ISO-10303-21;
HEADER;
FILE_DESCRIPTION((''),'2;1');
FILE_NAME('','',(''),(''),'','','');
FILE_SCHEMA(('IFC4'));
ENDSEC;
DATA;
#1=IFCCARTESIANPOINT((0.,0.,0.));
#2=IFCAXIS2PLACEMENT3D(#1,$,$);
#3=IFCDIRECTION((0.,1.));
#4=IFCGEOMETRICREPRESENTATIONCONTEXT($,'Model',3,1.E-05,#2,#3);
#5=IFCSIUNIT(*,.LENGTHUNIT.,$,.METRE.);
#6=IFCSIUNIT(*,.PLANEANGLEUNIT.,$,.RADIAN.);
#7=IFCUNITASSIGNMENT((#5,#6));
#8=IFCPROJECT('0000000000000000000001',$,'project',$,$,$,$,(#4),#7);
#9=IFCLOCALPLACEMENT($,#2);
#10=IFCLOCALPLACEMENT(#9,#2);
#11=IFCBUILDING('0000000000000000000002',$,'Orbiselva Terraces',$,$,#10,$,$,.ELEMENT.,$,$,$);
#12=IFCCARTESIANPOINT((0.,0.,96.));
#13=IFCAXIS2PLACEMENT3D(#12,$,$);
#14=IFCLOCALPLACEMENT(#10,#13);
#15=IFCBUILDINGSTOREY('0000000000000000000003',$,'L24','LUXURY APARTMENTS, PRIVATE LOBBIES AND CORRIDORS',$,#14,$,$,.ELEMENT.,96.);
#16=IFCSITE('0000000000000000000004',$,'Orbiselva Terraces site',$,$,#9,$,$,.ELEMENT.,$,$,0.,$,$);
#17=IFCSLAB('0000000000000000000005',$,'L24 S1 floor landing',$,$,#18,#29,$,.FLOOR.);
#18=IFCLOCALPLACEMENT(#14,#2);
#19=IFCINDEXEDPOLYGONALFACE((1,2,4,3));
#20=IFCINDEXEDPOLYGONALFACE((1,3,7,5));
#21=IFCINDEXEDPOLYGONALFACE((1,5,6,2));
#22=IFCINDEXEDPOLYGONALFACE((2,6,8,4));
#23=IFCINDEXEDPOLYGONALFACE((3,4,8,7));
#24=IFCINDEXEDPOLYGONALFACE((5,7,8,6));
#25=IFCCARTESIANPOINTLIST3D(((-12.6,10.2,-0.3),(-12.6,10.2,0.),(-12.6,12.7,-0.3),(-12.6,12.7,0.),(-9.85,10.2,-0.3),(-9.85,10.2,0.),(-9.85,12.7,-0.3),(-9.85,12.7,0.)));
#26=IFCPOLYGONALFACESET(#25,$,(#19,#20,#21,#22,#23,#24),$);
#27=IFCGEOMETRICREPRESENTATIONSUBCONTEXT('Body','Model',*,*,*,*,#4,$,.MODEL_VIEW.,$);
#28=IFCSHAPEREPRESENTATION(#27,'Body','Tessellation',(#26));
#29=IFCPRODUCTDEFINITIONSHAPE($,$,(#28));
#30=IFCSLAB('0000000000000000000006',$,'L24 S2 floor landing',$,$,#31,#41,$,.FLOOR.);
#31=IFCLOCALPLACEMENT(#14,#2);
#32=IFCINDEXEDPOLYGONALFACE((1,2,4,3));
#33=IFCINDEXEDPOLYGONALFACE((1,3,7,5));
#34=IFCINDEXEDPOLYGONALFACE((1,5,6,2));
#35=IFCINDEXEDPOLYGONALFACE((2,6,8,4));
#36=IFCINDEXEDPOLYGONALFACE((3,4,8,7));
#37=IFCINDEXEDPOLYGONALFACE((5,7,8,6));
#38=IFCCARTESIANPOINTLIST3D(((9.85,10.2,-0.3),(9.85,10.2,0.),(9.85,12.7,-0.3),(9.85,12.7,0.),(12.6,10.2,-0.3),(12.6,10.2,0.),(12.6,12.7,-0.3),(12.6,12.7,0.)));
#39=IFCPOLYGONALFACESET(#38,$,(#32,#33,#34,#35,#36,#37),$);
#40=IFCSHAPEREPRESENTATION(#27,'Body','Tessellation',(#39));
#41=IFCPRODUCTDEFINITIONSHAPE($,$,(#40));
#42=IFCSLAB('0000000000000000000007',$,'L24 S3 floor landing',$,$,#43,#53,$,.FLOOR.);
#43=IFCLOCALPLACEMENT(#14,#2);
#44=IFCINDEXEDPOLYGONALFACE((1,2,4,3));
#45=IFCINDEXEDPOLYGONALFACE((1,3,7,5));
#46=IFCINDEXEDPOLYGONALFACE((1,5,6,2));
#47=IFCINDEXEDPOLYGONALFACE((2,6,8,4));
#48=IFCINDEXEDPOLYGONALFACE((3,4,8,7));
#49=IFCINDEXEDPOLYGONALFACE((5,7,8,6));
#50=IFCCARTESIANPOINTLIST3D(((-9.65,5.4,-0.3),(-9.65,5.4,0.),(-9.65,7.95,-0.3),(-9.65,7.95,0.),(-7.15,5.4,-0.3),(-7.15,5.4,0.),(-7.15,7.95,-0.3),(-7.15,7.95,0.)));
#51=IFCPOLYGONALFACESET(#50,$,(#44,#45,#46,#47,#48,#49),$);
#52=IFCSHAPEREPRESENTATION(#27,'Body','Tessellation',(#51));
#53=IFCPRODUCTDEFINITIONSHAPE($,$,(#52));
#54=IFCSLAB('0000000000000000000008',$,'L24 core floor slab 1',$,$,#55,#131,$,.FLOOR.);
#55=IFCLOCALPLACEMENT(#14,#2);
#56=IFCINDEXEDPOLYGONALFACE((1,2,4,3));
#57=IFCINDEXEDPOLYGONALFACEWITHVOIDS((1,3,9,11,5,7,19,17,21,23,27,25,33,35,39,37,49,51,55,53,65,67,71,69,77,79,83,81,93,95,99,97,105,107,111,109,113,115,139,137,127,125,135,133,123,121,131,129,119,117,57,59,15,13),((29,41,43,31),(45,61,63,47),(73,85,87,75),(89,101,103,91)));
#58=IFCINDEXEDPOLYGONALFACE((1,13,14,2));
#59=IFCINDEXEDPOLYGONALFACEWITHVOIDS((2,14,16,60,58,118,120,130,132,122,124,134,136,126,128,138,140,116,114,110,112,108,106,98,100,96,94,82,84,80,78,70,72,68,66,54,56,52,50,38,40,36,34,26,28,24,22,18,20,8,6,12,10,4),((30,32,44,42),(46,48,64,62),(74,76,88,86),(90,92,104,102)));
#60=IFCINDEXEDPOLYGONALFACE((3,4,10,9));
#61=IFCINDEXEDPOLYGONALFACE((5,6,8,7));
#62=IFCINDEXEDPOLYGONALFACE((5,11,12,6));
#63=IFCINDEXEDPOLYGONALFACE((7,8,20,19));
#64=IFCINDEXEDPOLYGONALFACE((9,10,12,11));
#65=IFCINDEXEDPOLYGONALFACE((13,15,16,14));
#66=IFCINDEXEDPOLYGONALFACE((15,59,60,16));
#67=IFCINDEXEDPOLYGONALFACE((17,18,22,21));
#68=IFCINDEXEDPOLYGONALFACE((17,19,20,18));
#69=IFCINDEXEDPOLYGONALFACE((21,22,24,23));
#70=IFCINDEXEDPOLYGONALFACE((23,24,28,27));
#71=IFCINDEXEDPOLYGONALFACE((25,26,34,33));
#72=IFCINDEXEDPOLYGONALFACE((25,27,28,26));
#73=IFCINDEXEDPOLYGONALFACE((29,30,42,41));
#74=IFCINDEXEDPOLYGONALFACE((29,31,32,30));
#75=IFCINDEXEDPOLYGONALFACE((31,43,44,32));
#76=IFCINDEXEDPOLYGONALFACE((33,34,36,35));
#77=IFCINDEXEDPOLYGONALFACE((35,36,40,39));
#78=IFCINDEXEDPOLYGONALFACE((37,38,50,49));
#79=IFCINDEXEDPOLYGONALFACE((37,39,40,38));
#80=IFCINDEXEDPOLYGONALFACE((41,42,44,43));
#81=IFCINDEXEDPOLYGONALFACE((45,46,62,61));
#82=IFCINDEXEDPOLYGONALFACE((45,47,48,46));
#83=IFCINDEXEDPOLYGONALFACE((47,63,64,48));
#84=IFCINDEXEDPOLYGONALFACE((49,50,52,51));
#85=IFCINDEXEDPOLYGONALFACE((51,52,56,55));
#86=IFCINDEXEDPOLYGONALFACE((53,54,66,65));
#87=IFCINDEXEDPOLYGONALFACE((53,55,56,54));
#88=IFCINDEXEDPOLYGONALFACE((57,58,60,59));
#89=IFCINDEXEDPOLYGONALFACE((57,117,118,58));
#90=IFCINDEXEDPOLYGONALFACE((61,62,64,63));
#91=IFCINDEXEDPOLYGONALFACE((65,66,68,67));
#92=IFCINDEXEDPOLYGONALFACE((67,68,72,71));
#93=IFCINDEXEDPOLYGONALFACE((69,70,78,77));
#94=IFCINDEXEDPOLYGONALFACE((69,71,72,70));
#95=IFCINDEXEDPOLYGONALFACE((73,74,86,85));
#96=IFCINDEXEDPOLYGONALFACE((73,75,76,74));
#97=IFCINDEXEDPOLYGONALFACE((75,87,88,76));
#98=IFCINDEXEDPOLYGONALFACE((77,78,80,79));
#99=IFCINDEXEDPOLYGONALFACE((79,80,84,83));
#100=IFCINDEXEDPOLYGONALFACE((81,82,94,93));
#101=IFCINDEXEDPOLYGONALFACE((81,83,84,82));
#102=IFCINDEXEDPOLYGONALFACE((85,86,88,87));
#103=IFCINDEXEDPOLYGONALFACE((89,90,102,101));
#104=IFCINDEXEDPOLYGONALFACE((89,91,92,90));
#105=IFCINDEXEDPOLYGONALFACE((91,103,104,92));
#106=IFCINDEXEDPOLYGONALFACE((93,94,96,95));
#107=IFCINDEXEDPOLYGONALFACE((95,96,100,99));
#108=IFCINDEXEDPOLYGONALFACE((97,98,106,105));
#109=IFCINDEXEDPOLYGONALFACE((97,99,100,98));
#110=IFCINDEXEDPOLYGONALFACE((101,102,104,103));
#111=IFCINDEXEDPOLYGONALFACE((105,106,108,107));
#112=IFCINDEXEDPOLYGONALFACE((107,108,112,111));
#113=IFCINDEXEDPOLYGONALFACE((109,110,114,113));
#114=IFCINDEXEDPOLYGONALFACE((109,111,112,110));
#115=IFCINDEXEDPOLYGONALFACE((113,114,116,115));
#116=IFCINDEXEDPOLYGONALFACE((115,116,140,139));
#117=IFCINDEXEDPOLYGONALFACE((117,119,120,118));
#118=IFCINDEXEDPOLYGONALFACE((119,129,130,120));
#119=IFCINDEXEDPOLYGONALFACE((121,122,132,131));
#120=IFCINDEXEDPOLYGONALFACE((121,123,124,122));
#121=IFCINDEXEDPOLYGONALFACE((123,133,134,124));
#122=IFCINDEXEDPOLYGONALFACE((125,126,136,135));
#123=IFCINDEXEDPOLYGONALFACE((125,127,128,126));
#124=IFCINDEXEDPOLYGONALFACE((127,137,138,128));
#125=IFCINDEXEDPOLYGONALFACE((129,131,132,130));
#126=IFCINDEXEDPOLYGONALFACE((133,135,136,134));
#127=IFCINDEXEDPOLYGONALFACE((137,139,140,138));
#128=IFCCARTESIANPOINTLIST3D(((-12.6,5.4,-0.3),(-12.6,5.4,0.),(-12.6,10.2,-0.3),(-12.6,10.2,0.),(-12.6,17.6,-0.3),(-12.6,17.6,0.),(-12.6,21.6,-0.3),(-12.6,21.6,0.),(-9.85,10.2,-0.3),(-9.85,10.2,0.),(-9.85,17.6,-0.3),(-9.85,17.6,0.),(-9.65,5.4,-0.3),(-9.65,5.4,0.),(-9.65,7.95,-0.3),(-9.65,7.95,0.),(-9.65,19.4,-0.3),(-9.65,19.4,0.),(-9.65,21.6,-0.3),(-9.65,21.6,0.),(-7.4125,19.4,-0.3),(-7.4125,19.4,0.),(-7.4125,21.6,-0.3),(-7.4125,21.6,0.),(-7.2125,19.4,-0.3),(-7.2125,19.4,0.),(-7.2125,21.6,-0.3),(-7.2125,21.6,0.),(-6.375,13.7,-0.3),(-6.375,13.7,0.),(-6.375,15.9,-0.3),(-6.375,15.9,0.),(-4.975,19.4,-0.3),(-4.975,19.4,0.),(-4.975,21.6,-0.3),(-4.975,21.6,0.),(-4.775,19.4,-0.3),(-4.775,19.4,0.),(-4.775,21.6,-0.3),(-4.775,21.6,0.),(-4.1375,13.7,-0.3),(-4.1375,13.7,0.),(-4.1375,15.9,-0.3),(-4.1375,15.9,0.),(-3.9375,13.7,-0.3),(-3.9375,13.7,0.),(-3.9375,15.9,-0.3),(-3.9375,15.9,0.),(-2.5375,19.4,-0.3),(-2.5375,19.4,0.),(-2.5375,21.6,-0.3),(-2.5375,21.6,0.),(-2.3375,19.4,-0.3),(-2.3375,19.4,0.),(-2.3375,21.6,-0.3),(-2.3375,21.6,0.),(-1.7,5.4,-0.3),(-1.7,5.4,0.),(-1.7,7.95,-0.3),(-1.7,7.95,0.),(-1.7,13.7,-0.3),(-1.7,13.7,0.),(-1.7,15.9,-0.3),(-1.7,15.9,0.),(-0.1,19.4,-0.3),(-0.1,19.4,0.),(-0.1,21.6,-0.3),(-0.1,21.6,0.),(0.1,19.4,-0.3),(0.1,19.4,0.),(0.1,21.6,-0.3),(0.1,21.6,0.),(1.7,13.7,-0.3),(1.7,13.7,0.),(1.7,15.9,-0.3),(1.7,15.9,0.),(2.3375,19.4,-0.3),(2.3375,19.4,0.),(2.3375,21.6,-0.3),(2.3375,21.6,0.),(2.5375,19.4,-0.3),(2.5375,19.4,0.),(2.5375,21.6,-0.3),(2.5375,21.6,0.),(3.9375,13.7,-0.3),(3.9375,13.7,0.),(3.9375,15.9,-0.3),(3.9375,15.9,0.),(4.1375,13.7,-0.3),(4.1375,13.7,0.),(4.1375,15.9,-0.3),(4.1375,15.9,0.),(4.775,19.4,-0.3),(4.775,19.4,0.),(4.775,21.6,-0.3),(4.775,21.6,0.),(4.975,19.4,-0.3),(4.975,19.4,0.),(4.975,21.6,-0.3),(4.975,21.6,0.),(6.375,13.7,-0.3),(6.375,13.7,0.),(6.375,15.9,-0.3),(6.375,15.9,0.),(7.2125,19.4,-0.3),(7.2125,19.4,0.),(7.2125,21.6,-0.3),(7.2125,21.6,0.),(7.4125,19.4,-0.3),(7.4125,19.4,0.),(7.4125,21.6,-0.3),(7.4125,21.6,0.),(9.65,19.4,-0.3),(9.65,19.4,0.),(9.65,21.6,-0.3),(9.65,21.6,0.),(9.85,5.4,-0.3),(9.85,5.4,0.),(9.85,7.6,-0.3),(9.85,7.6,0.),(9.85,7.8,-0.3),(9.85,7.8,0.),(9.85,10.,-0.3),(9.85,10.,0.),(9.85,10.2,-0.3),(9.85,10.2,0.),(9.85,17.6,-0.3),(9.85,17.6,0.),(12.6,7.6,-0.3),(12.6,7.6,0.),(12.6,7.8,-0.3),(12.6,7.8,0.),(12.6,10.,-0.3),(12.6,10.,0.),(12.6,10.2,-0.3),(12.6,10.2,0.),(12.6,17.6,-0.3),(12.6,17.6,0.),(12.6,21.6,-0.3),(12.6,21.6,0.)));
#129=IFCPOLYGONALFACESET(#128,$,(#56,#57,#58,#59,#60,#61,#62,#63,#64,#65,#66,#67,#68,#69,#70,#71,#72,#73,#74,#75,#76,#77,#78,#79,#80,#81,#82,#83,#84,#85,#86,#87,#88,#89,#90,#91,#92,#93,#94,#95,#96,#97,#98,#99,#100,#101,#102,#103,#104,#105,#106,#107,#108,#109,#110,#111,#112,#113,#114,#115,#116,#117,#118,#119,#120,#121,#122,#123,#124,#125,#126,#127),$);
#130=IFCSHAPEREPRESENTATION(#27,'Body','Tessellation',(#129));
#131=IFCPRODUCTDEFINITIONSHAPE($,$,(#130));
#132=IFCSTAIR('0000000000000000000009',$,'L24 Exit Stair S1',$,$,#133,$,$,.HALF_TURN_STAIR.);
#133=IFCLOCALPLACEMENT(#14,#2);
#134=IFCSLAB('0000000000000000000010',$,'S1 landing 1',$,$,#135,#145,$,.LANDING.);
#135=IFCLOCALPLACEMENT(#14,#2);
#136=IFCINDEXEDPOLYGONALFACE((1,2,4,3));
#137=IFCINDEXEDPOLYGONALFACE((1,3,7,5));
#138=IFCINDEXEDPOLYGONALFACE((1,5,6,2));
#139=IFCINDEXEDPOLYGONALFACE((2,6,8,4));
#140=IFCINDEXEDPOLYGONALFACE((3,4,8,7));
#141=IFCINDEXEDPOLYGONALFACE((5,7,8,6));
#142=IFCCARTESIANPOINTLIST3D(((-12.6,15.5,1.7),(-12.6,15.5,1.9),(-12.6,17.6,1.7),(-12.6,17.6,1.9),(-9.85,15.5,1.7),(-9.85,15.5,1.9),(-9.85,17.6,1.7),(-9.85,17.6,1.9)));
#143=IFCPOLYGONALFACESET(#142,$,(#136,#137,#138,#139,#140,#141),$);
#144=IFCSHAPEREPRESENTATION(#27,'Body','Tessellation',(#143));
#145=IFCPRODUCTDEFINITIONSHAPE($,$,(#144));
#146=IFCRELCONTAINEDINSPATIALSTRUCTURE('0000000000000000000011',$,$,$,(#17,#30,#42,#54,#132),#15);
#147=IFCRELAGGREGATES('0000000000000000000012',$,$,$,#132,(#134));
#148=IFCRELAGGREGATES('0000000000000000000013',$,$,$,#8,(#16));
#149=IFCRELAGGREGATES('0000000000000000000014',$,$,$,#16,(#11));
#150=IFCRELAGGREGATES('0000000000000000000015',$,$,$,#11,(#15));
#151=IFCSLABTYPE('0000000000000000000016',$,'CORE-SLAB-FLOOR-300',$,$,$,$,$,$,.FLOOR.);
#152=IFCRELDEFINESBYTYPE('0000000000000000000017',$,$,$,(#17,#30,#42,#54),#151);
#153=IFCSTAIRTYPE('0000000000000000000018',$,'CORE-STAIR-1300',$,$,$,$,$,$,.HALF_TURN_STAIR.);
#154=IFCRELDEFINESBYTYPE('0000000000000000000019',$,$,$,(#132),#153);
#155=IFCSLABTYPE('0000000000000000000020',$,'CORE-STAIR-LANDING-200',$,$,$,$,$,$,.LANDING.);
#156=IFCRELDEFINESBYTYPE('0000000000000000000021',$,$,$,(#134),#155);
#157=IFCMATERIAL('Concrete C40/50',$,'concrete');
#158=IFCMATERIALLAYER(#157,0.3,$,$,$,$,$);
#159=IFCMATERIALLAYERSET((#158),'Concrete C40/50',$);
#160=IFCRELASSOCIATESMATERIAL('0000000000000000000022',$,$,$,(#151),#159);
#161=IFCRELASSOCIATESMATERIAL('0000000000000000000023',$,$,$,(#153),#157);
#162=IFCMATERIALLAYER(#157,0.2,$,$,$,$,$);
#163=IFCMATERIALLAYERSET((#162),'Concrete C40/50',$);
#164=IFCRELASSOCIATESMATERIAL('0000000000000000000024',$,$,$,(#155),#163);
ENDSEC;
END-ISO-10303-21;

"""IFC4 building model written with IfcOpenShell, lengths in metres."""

from ifc_helpers import new_model, si_unit, direction, frame, origin, place, context, subcontext, project, spatial, polyline, outline, extrude, material, layer, layer_set, type_object, element, aggregate, save


model = new_model("IFC4")

# Units and contexts
model_context = context("Model", 3, precision=1e-05, world=origin(), true_north=direction((0.0, 1.0)))
body_context = subcontext(model_context, "Body", "Model", "MODEL_VIEW")
ifc_project = project(units=[si_unit("LENGTHUNIT", "METRE"), si_unit("PLANEANGLEUNIT", "RADIAN")], contexts=[model_context])

# Site, building, storey
site_placement = place(None, origin())
site = spatial("IfcSite", under=ifc_project, at=site_placement, Name="Orbiselva Terraces site", CompositionType="ELEMENT", RefElevation=0.0)
building_placement = place(site_placement, origin())
building = spatial("IfcBuilding", under=site, at=building_placement, Name="Orbiselva Terraces", CompositionType="ELEMENT")
storey_placement = place(building_placement, frame((0.0, 0.0, 96.0)))
storey = spatial("IfcBuildingStorey", under=building, at=storey_placement, Name="L24", Description="LUXURY APARTMENTS, PRIVATE LOBBIES AND CORRIDORS", CompositionType="ELEMENT", Elevation=96.0)

# Slabs
ifc_material_1 = material(Name="Concrete C40/50", Category="concrete")
ifc_layer_1 = layer(ifc_material_1, 0.3)
ifc_layer_set_1 = layer_set([ifc_layer_1], Name="Concrete C40/50")
slab_type_1 = type_object("IfcSlabType", Name="CORE-SLAB-FLOOR-300", PredefinedType="FLOOR", material=ifc_layer_set_1)
slab_1_placement = place(storey_placement, frame((0.0, 0.0, -0.3)))
element("IfcSlab", 1, at=slab_1_placement, inside=storey, type_object=slab_type_1, Name="L24 S1 floor landing", PredefinedType="FLOOR", context=body_context, shape_type="SweptSolid", body=[
    extrude(outline(polyline([(-12.6, 12.7), (-9.85, 12.7), (-9.85, 10.2), (-12.6, 10.2), (-12.6, 12.7)])), origin(), (0.0, 0.0, 1.0), 0.3),
])
slab_2_placement = place(storey_placement, frame((0.0, 0.0, -0.3)))
element("IfcSlab", 2, at=slab_2_placement, inside=storey, type_object=slab_type_1, Name="L24 S2 floor landing", PredefinedType="FLOOR", context=body_context, shape_type="SweptSolid", body=[
    extrude(outline(polyline([(12.6, 12.7), (12.6, 10.2), (9.85, 10.2), (9.85, 12.7), (12.6, 12.7)])), origin(), (0.0, 0.0, 1.0), 0.3),
])
slab_3_placement = place(storey_placement, frame((0.0, 0.0, -0.3)))
element("IfcSlab", 3, at=slab_3_placement, inside=storey, type_object=slab_type_1, Name="L24 S3 floor landing", PredefinedType="FLOOR", context=body_context, shape_type="SweptSolid", body=[
    extrude(outline(polyline([(-7.15, 5.4), (-9.65, 5.4), (-9.65, 7.95), (-7.15, 7.95), (-7.15, 5.4)])), origin(), (0.0, 0.0, 1.0), 0.3),
])
slab_4_placement = place(storey_placement, frame((0.0, 0.0, -0.3)))
element("IfcSlab", 4, at=slab_4_placement, inside=storey, type_object=slab_type_1, Name="L24 core floor slab 1", PredefinedType="FLOOR", context=body_context, shape_type="SweptSolid", body=[
    extrude(outline(polyline([(-1.7, 5.4), (-1.7, 7.95), (-9.65, 7.95), (-9.65, 5.4), (-12.6, 5.4), (-12.6, 10.2), (-9.85, 10.2), (-9.85, 17.6), (-12.6, 17.6), (-12.6, 21.6), (-9.65, 21.6), (-9.65, 19.4), (-7.4125, 19.4), (-7.4125, 21.6), (-7.2125, 21.6), (-7.2125, 19.4), (-4.975, 19.4), (-4.975, 21.6), (-4.775, 21.6), (-4.775, 19.4), (-2.5375, 19.4), (-2.5375, 21.6), (-2.3375, 21.6), (-2.3375, 19.4), (-0.1, 19.4), (-0.1, 21.6), (0.1, 21.6), (0.1, 19.4), (2.3375, 19.4), (2.3375, 21.6), (2.5375, 21.6), (2.5375, 19.4), (4.775, 19.4), (4.775, 21.6), (4.975, 21.6), (4.975, 19.4), (7.2125, 19.4), (7.2125, 21.6), (7.4125, 21.6), (7.4125, 19.4), (9.65, 19.4), (9.65, 21.6), (12.6, 21.6), (12.6, 17.6), (9.85, 17.6), (9.85, 10.2), (12.6, 10.2), (12.6, 10.0), (9.85, 10.0), (9.85, 7.8), (12.6, 7.8), (12.6, 7.6), (9.85, 7.6), (9.85, 5.4), (-1.7, 5.4)]), holes=[polyline([(-4.1375, 13.7), (-4.1375, 15.9), (-6.375, 15.9), (-6.375, 13.7), (-4.1375, 13.7)]), polyline([(-1.7, 13.7), (-1.7, 15.9), (-3.9375, 15.9), (-3.9375, 13.7), (-1.7, 13.7)]), polyline([(3.9375, 13.7), (3.9375, 15.9), (1.7, 15.9), (1.7, 13.7), (3.9375, 13.7)]), polyline([(6.375, 13.7), (6.375, 15.9), (4.1375, 15.9), (4.1375, 13.7), (6.375, 13.7)])]), origin(), (0.0, 0.0, 1.0), 0.3),
])

# Stair, slab
stair_type = type_object("IfcStairType", Name="CORE-STAIR-1300", PredefinedType="HALF_TURN_STAIR", material=ifc_material_1)
stair_placement = place(storey_placement, origin())
stair = element("IfcStair", 5, at=stair_placement, inside=storey, type_object=stair_type, Name="L24 Exit Stair S1", PredefinedType="HALF_TURN_STAIR")
ifc_layer_2 = layer(ifc_material_1, 0.2)
ifc_layer_set_2 = layer_set([ifc_layer_2], Name="Concrete C40/50")
slab_type_2 = type_object("IfcSlabType", Name="CORE-STAIR-LANDING-200", PredefinedType="LANDING", material=ifc_layer_set_2)
slab_5_placement = place(storey_placement, frame((0.0, 0.0, 1.7)))
slab_5 = element("IfcSlab", 6, at=slab_5_placement, type_object=slab_type_2, Name="S1 landing 1", PredefinedType="LANDING", context=body_context, shape_type="SweptSolid", body=[
    extrude(outline(polyline([(-9.85, 15.5), (-9.85, 17.6), (-12.6, 17.6), (-12.6, 15.5), (-9.85, 15.5)])), origin(), (0.0, 0.0, 1.0), 0.2),
])
aggregate(stair, [slab_5])

save(model, "model.ifc")
